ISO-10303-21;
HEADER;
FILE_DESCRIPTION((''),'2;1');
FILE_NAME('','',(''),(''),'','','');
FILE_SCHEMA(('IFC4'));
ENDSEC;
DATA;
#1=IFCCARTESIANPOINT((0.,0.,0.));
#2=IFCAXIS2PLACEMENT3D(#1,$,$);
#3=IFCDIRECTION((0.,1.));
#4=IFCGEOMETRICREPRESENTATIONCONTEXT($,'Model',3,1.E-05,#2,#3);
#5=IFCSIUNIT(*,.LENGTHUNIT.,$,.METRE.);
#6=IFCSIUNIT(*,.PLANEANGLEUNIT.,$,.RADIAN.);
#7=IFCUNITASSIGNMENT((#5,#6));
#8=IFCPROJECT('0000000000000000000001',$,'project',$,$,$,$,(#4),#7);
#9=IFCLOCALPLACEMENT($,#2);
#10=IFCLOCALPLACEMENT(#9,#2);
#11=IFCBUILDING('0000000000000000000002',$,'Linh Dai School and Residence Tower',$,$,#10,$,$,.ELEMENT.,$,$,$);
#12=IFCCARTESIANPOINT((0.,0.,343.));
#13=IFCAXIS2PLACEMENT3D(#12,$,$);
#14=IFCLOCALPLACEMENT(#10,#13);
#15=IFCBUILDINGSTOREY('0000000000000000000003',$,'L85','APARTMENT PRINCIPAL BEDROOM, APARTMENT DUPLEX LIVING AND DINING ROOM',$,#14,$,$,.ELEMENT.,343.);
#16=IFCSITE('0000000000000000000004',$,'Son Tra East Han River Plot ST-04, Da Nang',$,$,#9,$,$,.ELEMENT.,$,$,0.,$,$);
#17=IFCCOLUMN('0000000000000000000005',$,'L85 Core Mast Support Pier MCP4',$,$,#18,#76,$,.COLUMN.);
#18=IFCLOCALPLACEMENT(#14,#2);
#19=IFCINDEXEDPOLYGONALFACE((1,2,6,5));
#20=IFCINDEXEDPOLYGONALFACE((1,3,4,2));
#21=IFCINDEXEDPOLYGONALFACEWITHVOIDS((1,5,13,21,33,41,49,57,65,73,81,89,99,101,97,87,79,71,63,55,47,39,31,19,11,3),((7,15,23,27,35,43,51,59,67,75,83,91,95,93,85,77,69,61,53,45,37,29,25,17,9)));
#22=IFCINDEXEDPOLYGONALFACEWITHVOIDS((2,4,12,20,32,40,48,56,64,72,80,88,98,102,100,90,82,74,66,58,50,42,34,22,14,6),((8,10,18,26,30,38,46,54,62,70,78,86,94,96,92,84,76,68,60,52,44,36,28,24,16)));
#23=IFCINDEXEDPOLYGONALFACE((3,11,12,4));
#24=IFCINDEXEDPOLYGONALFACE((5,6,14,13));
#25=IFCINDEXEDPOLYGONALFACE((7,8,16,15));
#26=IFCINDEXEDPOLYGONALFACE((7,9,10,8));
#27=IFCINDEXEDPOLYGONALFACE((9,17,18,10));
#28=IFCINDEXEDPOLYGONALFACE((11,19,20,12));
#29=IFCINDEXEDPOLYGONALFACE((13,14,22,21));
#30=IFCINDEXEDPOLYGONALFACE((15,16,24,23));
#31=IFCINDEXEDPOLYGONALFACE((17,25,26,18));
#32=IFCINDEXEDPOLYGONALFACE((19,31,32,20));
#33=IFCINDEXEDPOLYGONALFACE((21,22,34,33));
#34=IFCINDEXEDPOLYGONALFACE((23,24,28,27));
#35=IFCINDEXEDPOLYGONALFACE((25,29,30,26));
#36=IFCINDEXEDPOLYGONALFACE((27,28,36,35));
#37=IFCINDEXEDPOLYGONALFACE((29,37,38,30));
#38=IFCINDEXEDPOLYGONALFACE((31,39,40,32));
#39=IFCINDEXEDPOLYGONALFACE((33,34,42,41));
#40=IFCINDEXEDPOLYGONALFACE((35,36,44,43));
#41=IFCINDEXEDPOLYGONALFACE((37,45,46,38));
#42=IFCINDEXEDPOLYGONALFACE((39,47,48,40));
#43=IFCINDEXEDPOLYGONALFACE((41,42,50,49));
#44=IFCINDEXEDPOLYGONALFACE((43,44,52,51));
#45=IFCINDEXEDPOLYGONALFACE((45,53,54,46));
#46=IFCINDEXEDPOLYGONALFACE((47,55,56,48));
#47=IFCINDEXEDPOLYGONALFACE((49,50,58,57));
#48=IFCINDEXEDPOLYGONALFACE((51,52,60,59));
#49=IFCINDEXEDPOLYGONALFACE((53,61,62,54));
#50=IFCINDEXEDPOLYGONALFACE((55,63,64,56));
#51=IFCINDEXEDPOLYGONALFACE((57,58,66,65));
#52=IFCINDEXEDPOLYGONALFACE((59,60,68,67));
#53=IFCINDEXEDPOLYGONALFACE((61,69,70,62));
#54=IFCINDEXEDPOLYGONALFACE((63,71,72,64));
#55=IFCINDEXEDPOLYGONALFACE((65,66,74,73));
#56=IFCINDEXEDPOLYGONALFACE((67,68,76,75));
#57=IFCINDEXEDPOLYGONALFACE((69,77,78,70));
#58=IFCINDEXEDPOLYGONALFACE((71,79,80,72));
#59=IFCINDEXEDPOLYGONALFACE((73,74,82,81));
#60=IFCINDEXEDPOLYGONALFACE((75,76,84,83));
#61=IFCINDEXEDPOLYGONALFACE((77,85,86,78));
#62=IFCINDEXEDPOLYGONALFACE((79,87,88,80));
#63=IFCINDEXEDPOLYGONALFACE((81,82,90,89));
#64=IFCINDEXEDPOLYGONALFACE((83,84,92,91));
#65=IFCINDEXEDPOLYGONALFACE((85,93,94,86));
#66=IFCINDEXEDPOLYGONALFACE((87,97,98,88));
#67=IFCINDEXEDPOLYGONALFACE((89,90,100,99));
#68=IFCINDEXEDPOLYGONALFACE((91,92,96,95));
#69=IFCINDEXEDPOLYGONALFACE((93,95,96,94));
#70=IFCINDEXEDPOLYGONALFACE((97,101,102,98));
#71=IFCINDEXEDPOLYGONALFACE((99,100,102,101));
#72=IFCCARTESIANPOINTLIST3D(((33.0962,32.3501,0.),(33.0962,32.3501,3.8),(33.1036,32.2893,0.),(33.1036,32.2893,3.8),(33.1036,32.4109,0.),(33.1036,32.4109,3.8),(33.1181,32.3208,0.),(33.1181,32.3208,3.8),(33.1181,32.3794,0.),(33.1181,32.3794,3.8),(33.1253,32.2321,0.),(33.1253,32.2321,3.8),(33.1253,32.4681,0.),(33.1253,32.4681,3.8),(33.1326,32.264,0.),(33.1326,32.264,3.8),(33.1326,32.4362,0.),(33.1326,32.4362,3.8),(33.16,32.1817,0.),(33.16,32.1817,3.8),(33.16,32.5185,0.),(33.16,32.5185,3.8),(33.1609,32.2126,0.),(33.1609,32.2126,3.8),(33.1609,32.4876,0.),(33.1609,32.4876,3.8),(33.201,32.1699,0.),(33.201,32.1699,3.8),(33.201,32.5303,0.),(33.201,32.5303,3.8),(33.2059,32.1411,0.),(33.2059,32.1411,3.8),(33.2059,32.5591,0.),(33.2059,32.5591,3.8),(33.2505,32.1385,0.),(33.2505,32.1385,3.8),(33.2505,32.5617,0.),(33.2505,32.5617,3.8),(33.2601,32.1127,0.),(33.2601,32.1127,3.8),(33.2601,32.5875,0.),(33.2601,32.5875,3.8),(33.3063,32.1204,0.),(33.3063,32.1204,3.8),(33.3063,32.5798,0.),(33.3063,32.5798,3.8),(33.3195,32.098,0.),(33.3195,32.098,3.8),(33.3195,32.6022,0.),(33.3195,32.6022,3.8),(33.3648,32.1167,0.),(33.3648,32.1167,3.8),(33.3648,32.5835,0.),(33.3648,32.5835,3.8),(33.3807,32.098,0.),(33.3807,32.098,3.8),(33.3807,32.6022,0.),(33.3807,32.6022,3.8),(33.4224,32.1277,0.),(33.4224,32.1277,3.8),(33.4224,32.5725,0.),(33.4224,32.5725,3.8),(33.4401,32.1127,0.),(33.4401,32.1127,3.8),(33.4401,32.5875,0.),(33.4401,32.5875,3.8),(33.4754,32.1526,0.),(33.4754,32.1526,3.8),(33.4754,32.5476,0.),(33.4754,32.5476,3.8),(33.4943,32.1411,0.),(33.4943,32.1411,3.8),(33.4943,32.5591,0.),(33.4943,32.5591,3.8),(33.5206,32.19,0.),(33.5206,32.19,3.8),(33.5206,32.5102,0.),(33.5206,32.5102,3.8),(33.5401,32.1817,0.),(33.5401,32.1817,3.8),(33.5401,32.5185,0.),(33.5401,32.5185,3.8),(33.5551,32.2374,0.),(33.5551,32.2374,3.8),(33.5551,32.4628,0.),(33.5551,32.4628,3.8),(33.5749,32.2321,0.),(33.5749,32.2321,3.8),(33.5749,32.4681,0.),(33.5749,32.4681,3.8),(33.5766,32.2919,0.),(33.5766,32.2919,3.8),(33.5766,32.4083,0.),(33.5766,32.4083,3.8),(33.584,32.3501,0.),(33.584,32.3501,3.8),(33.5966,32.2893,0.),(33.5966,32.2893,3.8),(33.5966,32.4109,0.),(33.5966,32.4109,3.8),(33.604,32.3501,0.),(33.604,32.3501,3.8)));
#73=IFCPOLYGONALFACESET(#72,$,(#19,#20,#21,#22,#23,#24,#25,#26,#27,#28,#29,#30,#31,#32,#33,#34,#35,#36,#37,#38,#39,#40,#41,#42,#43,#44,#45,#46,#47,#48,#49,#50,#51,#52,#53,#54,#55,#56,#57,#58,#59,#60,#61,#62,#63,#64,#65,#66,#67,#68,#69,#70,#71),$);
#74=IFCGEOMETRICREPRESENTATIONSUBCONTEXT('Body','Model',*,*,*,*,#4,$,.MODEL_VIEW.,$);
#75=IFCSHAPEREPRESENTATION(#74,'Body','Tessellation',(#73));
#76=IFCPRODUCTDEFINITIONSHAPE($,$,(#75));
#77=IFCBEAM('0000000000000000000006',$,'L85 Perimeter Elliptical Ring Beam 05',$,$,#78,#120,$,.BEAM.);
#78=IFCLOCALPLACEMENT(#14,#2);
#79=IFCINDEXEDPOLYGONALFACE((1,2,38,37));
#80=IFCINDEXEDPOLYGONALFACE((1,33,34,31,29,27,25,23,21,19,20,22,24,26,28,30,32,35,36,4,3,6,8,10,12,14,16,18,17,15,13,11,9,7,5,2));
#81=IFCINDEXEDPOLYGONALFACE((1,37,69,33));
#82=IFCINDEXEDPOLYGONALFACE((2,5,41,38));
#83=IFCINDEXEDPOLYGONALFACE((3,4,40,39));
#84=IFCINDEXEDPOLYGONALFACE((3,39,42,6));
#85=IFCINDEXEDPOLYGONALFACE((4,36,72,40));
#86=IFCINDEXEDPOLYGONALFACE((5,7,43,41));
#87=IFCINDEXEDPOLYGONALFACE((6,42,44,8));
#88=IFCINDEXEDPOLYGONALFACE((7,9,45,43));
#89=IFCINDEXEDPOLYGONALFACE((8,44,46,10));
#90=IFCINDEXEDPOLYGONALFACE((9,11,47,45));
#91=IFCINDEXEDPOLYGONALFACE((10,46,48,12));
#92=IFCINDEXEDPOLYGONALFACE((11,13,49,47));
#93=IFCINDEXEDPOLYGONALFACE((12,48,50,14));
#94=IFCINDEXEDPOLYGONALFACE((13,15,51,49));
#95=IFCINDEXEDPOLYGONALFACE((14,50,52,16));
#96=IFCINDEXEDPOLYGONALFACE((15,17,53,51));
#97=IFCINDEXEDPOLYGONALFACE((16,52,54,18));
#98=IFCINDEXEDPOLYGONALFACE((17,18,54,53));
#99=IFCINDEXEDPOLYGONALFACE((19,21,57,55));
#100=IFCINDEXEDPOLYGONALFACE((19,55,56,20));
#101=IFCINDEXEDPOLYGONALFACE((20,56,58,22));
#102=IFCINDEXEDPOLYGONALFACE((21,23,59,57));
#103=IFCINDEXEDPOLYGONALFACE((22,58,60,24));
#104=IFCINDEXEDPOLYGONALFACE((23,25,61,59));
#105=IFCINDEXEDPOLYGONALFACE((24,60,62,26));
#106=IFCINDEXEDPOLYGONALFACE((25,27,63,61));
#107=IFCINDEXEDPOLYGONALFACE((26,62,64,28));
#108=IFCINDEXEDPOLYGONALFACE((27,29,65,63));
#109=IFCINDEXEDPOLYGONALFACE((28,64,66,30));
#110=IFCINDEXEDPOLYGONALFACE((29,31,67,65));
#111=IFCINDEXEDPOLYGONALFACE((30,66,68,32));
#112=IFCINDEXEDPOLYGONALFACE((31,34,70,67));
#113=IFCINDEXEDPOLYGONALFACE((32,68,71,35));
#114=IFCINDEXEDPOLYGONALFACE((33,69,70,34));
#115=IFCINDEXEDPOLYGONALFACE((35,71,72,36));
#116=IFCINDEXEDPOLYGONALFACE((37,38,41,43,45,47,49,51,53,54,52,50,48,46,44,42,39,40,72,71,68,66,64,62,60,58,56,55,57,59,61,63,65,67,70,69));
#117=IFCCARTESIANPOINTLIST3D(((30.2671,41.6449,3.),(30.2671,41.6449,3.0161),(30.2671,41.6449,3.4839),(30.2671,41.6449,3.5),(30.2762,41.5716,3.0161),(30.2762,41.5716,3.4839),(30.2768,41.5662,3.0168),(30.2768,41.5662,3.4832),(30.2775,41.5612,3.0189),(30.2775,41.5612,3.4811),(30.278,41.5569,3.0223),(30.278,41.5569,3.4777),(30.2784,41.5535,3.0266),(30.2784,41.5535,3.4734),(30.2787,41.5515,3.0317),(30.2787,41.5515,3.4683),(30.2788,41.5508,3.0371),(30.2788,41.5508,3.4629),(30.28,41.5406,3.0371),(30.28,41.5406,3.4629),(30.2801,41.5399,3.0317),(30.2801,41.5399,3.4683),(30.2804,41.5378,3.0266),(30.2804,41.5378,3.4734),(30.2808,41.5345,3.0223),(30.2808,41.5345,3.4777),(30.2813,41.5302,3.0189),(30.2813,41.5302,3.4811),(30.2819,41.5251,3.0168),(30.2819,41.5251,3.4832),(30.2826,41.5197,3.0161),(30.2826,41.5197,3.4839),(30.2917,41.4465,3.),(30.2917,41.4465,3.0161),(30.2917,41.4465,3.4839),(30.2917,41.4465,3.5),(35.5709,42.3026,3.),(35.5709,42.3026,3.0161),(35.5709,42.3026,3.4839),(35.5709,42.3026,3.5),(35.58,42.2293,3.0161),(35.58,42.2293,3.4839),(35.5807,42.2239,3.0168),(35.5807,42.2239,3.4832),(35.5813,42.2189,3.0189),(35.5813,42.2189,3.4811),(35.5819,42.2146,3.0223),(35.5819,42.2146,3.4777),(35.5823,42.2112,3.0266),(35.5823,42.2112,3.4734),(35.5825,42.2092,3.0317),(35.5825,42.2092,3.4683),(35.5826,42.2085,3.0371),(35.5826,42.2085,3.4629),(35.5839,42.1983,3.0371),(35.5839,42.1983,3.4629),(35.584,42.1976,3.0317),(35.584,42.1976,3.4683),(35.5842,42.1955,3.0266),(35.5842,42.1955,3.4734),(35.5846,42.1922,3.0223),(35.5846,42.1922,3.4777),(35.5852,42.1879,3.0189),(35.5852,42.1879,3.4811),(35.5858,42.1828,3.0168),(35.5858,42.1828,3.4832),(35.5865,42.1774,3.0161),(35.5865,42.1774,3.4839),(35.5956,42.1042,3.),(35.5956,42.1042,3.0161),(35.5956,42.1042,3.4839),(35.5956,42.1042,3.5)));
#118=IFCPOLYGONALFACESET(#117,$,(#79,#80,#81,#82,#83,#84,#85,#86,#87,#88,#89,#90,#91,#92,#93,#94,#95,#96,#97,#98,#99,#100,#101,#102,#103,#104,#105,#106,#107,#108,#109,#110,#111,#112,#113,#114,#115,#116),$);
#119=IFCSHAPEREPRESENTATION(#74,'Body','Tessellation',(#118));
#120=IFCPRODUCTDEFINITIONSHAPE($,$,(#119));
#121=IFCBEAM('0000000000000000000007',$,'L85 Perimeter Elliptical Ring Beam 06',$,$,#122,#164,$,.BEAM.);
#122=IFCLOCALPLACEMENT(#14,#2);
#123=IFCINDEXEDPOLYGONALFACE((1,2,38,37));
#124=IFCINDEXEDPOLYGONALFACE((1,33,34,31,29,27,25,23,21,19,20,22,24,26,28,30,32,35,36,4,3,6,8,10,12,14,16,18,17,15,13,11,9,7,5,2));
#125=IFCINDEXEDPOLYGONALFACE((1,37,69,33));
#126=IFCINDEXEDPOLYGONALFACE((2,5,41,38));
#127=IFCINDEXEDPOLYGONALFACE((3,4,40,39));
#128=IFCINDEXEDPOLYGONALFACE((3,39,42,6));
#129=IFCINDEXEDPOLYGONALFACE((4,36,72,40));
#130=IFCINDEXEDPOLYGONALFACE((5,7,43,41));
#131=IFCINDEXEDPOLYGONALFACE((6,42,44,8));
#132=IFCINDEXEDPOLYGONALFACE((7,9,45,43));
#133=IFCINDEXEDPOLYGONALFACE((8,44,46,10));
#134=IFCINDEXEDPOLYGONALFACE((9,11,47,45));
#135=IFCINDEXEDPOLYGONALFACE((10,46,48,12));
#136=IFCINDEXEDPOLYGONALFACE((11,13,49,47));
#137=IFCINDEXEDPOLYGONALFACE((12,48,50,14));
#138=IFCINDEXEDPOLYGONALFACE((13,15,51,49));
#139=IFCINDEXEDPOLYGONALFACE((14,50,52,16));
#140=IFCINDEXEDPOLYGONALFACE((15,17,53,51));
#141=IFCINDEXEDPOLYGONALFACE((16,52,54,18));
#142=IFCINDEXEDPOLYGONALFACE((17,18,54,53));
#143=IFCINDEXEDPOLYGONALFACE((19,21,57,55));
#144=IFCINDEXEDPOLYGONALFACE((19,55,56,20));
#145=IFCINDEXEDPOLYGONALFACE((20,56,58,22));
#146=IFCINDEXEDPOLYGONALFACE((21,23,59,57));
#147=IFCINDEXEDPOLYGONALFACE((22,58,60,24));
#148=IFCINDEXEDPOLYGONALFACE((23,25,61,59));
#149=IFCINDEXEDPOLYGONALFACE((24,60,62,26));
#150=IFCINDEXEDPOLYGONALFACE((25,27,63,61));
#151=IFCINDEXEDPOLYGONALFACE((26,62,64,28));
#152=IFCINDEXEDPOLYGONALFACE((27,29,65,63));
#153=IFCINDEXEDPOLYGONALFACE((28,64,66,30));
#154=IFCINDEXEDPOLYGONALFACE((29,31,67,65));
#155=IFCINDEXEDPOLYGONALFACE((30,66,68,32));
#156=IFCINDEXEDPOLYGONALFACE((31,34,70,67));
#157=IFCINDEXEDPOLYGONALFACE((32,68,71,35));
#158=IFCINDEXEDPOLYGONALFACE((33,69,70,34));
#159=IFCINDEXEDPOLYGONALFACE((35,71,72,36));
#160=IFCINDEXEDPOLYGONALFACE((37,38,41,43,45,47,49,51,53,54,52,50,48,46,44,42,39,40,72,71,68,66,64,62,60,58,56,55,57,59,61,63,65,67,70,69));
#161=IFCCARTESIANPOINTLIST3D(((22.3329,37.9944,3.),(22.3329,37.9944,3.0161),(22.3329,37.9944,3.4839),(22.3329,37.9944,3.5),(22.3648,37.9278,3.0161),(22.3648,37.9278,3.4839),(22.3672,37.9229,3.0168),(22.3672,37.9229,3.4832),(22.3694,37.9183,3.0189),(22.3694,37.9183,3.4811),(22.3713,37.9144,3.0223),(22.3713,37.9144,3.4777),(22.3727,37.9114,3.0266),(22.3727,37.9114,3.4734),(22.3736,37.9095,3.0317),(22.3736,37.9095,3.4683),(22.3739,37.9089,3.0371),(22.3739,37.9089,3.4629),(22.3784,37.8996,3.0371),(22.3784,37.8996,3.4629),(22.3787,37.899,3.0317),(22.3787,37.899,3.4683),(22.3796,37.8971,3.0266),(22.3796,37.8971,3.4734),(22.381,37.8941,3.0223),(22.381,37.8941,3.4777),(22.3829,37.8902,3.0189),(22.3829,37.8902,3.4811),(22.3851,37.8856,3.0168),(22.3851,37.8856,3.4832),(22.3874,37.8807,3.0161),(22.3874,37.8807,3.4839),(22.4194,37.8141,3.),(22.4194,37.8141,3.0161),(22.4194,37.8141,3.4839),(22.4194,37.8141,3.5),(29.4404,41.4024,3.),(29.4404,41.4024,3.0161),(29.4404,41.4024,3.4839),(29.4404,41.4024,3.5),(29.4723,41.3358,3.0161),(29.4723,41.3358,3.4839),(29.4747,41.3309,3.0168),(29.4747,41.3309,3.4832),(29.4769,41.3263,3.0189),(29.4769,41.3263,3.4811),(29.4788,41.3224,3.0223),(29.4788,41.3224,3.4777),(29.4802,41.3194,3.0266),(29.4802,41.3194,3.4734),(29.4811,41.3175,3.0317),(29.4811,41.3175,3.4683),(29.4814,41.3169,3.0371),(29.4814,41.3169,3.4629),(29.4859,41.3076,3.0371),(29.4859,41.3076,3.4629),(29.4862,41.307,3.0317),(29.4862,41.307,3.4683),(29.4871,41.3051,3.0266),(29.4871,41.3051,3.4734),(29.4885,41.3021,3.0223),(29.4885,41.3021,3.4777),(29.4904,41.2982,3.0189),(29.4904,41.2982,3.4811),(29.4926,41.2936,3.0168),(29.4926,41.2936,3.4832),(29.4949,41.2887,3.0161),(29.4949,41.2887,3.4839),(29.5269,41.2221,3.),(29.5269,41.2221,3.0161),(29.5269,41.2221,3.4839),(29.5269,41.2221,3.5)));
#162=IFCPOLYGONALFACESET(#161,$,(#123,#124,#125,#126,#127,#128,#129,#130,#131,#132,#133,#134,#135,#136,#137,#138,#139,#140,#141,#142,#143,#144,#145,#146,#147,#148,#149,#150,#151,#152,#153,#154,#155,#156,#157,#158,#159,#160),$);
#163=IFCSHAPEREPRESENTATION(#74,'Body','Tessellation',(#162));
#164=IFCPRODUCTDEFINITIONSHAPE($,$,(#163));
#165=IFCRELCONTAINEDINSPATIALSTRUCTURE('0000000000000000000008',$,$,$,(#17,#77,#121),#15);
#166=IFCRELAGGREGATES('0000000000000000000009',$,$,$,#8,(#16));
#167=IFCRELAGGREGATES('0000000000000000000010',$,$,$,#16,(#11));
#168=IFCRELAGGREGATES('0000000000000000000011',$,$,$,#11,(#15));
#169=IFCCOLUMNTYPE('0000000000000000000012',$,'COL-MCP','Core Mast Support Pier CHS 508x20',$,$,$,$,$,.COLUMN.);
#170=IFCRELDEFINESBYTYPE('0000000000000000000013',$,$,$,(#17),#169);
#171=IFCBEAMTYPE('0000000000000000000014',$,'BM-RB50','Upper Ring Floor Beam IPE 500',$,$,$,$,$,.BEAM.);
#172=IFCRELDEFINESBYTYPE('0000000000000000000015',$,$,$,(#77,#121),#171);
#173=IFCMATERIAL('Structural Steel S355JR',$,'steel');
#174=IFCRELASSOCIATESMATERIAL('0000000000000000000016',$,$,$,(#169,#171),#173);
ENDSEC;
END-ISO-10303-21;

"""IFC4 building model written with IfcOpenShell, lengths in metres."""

from ifc_helpers import new_model, si_unit, direction, frame, origin, origin_2d, place, context, subcontext, project, spatial, hollow_circle, i_section, extrude, material, material_profile, profile_set, type_object, element, save


model = new_model("IFC4")

# Units and contexts
model_context = context("Model", 3, precision=1e-05, world=origin(), true_north=direction((0.0, 1.0)))
body_context = subcontext(model_context, "Body", "Model", "MODEL_VIEW")
ifc_project = project(units=[si_unit("LENGTHUNIT", "METRE"), si_unit("PLANEANGLEUNIT", "RADIAN")], contexts=[model_context])

# Site, building, storey
site_placement = place(None, origin())
site = spatial("IfcSite", under=ifc_project, at=site_placement, Name="Son Tra East Han River Plot ST-04, Da Nang", CompositionType="ELEMENT", RefElevation=0.0)
building_placement = place(site_placement, origin())
building = spatial("IfcBuilding", under=site, at=building_placement, Name="Linh Dai School and Residence Tower", CompositionType="ELEMENT")
storey_placement = place(building_placement, frame((0.0, 0.0, 343.0)))
storey = spatial("IfcBuildingStorey", under=building, at=storey_placement, Name="L85", Description="APARTMENT PRINCIPAL BEDROOM, APARTMENT DUPLEX LIVING AND DINING ROOM", CompositionType="ELEMENT", Elevation=343.0)

# Column
ifc_material_1 = material(Name="Structural Steel S355JR", Category="steel")
ifc_material_profile_1 = material_profile(ifc_material_1, hollow_circle(Radius=0.2539, WallThickness=0.02, at=origin_2d()), Name="CHS 508x20")
ifc_profile_set_1 = profile_set([ifc_material_profile_1], Name="Structural Steel S355JR")
column_type_1 = type_object("IfcColumnType", Name="COL-MCP", Description="Core Mast Support Pier CHS 508x20", PredefinedType="COLUMN", material=ifc_profile_set_1)
column_placement = place(storey_placement, frame((33.3501, 32.3501, 0.0), z_axis=(0.0, 0.0, 1.0), x_axis=(1.0, 0.0, 0.0)))
element("IfcColumn", 1, at=column_placement, inside=storey, type_object=column_type_1, Name="L85 Core Mast Support Pier MCP4", PredefinedType="COLUMN", context=body_context, shape_type="SweptSolid", body=[
    extrude(hollow_circle(Radius=0.2539, WallThickness=0.02, at=origin_2d()), origin(), (0.0, 0.0, 1.0), 3.8),
])

# Beams
ifc_material_profile_2 = material_profile(ifc_material_1, i_section(OverallWidth=0.2, OverallDepth=0.5, WebThickness=0.0103, FlangeThickness=0.0161, FilletRadius=0.021, at=origin_2d()), Name="IPE 500")
ifc_profile_set_2 = profile_set([ifc_material_profile_2], Name="Structural Steel S355JR")
beam_type_1 = type_object("IfcBeamType", Name="BM-RB50", Description="Upper Ring Floor Beam IPE 500", PredefinedType="BEAM", material=ifc_profile_set_2)
beam_1_placement = place(storey_placement, frame((35.5833, 42.2034, 3.25), z_axis=(-0.992399, -0.123062, 0.0), x_axis=(0.123062, -0.992399, 0.0)))
element("IfcBeam", 2, at=beam_1_placement, inside=storey, type_object=beam_type_1, Name="L85 Perimeter Elliptical Ring Beam 05", PredefinedType="BEAM", context=body_context, shape_type="SweptSolid", body=[
    extrude(i_section(OverallWidth=0.2, OverallDepth=0.5, WebThickness=0.0103, FlangeThickness=0.0161, FilletRadius=0.021, at=origin_2d()), origin(), (0.0, 0.0, 1.0), 5.3445),
])
beam_2_placement = place(storey_placement, frame((29.4836, 41.3123, 3.25), z_axis=(-0.901701, -0.432359, 0.0), x_axis=(0.432359, -0.901701, 0.0)))
element("IfcBeam", 3, at=beam_2_placement, inside=storey, type_object=beam_type_1, Name="L85 Perimeter Elliptical Ring Beam 06", PredefinedType="BEAM", context=body_context, shape_type="SweptSolid", body=[
    extrude(i_section(OverallWidth=0.2, OverallDepth=0.5, WebThickness=0.0103, FlangeThickness=0.0161, FilletRadius=0.021, at=origin_2d()), origin(), (0.0, 0.0, 1.0), 7.8823),
])

save(model, "model.ifc")
